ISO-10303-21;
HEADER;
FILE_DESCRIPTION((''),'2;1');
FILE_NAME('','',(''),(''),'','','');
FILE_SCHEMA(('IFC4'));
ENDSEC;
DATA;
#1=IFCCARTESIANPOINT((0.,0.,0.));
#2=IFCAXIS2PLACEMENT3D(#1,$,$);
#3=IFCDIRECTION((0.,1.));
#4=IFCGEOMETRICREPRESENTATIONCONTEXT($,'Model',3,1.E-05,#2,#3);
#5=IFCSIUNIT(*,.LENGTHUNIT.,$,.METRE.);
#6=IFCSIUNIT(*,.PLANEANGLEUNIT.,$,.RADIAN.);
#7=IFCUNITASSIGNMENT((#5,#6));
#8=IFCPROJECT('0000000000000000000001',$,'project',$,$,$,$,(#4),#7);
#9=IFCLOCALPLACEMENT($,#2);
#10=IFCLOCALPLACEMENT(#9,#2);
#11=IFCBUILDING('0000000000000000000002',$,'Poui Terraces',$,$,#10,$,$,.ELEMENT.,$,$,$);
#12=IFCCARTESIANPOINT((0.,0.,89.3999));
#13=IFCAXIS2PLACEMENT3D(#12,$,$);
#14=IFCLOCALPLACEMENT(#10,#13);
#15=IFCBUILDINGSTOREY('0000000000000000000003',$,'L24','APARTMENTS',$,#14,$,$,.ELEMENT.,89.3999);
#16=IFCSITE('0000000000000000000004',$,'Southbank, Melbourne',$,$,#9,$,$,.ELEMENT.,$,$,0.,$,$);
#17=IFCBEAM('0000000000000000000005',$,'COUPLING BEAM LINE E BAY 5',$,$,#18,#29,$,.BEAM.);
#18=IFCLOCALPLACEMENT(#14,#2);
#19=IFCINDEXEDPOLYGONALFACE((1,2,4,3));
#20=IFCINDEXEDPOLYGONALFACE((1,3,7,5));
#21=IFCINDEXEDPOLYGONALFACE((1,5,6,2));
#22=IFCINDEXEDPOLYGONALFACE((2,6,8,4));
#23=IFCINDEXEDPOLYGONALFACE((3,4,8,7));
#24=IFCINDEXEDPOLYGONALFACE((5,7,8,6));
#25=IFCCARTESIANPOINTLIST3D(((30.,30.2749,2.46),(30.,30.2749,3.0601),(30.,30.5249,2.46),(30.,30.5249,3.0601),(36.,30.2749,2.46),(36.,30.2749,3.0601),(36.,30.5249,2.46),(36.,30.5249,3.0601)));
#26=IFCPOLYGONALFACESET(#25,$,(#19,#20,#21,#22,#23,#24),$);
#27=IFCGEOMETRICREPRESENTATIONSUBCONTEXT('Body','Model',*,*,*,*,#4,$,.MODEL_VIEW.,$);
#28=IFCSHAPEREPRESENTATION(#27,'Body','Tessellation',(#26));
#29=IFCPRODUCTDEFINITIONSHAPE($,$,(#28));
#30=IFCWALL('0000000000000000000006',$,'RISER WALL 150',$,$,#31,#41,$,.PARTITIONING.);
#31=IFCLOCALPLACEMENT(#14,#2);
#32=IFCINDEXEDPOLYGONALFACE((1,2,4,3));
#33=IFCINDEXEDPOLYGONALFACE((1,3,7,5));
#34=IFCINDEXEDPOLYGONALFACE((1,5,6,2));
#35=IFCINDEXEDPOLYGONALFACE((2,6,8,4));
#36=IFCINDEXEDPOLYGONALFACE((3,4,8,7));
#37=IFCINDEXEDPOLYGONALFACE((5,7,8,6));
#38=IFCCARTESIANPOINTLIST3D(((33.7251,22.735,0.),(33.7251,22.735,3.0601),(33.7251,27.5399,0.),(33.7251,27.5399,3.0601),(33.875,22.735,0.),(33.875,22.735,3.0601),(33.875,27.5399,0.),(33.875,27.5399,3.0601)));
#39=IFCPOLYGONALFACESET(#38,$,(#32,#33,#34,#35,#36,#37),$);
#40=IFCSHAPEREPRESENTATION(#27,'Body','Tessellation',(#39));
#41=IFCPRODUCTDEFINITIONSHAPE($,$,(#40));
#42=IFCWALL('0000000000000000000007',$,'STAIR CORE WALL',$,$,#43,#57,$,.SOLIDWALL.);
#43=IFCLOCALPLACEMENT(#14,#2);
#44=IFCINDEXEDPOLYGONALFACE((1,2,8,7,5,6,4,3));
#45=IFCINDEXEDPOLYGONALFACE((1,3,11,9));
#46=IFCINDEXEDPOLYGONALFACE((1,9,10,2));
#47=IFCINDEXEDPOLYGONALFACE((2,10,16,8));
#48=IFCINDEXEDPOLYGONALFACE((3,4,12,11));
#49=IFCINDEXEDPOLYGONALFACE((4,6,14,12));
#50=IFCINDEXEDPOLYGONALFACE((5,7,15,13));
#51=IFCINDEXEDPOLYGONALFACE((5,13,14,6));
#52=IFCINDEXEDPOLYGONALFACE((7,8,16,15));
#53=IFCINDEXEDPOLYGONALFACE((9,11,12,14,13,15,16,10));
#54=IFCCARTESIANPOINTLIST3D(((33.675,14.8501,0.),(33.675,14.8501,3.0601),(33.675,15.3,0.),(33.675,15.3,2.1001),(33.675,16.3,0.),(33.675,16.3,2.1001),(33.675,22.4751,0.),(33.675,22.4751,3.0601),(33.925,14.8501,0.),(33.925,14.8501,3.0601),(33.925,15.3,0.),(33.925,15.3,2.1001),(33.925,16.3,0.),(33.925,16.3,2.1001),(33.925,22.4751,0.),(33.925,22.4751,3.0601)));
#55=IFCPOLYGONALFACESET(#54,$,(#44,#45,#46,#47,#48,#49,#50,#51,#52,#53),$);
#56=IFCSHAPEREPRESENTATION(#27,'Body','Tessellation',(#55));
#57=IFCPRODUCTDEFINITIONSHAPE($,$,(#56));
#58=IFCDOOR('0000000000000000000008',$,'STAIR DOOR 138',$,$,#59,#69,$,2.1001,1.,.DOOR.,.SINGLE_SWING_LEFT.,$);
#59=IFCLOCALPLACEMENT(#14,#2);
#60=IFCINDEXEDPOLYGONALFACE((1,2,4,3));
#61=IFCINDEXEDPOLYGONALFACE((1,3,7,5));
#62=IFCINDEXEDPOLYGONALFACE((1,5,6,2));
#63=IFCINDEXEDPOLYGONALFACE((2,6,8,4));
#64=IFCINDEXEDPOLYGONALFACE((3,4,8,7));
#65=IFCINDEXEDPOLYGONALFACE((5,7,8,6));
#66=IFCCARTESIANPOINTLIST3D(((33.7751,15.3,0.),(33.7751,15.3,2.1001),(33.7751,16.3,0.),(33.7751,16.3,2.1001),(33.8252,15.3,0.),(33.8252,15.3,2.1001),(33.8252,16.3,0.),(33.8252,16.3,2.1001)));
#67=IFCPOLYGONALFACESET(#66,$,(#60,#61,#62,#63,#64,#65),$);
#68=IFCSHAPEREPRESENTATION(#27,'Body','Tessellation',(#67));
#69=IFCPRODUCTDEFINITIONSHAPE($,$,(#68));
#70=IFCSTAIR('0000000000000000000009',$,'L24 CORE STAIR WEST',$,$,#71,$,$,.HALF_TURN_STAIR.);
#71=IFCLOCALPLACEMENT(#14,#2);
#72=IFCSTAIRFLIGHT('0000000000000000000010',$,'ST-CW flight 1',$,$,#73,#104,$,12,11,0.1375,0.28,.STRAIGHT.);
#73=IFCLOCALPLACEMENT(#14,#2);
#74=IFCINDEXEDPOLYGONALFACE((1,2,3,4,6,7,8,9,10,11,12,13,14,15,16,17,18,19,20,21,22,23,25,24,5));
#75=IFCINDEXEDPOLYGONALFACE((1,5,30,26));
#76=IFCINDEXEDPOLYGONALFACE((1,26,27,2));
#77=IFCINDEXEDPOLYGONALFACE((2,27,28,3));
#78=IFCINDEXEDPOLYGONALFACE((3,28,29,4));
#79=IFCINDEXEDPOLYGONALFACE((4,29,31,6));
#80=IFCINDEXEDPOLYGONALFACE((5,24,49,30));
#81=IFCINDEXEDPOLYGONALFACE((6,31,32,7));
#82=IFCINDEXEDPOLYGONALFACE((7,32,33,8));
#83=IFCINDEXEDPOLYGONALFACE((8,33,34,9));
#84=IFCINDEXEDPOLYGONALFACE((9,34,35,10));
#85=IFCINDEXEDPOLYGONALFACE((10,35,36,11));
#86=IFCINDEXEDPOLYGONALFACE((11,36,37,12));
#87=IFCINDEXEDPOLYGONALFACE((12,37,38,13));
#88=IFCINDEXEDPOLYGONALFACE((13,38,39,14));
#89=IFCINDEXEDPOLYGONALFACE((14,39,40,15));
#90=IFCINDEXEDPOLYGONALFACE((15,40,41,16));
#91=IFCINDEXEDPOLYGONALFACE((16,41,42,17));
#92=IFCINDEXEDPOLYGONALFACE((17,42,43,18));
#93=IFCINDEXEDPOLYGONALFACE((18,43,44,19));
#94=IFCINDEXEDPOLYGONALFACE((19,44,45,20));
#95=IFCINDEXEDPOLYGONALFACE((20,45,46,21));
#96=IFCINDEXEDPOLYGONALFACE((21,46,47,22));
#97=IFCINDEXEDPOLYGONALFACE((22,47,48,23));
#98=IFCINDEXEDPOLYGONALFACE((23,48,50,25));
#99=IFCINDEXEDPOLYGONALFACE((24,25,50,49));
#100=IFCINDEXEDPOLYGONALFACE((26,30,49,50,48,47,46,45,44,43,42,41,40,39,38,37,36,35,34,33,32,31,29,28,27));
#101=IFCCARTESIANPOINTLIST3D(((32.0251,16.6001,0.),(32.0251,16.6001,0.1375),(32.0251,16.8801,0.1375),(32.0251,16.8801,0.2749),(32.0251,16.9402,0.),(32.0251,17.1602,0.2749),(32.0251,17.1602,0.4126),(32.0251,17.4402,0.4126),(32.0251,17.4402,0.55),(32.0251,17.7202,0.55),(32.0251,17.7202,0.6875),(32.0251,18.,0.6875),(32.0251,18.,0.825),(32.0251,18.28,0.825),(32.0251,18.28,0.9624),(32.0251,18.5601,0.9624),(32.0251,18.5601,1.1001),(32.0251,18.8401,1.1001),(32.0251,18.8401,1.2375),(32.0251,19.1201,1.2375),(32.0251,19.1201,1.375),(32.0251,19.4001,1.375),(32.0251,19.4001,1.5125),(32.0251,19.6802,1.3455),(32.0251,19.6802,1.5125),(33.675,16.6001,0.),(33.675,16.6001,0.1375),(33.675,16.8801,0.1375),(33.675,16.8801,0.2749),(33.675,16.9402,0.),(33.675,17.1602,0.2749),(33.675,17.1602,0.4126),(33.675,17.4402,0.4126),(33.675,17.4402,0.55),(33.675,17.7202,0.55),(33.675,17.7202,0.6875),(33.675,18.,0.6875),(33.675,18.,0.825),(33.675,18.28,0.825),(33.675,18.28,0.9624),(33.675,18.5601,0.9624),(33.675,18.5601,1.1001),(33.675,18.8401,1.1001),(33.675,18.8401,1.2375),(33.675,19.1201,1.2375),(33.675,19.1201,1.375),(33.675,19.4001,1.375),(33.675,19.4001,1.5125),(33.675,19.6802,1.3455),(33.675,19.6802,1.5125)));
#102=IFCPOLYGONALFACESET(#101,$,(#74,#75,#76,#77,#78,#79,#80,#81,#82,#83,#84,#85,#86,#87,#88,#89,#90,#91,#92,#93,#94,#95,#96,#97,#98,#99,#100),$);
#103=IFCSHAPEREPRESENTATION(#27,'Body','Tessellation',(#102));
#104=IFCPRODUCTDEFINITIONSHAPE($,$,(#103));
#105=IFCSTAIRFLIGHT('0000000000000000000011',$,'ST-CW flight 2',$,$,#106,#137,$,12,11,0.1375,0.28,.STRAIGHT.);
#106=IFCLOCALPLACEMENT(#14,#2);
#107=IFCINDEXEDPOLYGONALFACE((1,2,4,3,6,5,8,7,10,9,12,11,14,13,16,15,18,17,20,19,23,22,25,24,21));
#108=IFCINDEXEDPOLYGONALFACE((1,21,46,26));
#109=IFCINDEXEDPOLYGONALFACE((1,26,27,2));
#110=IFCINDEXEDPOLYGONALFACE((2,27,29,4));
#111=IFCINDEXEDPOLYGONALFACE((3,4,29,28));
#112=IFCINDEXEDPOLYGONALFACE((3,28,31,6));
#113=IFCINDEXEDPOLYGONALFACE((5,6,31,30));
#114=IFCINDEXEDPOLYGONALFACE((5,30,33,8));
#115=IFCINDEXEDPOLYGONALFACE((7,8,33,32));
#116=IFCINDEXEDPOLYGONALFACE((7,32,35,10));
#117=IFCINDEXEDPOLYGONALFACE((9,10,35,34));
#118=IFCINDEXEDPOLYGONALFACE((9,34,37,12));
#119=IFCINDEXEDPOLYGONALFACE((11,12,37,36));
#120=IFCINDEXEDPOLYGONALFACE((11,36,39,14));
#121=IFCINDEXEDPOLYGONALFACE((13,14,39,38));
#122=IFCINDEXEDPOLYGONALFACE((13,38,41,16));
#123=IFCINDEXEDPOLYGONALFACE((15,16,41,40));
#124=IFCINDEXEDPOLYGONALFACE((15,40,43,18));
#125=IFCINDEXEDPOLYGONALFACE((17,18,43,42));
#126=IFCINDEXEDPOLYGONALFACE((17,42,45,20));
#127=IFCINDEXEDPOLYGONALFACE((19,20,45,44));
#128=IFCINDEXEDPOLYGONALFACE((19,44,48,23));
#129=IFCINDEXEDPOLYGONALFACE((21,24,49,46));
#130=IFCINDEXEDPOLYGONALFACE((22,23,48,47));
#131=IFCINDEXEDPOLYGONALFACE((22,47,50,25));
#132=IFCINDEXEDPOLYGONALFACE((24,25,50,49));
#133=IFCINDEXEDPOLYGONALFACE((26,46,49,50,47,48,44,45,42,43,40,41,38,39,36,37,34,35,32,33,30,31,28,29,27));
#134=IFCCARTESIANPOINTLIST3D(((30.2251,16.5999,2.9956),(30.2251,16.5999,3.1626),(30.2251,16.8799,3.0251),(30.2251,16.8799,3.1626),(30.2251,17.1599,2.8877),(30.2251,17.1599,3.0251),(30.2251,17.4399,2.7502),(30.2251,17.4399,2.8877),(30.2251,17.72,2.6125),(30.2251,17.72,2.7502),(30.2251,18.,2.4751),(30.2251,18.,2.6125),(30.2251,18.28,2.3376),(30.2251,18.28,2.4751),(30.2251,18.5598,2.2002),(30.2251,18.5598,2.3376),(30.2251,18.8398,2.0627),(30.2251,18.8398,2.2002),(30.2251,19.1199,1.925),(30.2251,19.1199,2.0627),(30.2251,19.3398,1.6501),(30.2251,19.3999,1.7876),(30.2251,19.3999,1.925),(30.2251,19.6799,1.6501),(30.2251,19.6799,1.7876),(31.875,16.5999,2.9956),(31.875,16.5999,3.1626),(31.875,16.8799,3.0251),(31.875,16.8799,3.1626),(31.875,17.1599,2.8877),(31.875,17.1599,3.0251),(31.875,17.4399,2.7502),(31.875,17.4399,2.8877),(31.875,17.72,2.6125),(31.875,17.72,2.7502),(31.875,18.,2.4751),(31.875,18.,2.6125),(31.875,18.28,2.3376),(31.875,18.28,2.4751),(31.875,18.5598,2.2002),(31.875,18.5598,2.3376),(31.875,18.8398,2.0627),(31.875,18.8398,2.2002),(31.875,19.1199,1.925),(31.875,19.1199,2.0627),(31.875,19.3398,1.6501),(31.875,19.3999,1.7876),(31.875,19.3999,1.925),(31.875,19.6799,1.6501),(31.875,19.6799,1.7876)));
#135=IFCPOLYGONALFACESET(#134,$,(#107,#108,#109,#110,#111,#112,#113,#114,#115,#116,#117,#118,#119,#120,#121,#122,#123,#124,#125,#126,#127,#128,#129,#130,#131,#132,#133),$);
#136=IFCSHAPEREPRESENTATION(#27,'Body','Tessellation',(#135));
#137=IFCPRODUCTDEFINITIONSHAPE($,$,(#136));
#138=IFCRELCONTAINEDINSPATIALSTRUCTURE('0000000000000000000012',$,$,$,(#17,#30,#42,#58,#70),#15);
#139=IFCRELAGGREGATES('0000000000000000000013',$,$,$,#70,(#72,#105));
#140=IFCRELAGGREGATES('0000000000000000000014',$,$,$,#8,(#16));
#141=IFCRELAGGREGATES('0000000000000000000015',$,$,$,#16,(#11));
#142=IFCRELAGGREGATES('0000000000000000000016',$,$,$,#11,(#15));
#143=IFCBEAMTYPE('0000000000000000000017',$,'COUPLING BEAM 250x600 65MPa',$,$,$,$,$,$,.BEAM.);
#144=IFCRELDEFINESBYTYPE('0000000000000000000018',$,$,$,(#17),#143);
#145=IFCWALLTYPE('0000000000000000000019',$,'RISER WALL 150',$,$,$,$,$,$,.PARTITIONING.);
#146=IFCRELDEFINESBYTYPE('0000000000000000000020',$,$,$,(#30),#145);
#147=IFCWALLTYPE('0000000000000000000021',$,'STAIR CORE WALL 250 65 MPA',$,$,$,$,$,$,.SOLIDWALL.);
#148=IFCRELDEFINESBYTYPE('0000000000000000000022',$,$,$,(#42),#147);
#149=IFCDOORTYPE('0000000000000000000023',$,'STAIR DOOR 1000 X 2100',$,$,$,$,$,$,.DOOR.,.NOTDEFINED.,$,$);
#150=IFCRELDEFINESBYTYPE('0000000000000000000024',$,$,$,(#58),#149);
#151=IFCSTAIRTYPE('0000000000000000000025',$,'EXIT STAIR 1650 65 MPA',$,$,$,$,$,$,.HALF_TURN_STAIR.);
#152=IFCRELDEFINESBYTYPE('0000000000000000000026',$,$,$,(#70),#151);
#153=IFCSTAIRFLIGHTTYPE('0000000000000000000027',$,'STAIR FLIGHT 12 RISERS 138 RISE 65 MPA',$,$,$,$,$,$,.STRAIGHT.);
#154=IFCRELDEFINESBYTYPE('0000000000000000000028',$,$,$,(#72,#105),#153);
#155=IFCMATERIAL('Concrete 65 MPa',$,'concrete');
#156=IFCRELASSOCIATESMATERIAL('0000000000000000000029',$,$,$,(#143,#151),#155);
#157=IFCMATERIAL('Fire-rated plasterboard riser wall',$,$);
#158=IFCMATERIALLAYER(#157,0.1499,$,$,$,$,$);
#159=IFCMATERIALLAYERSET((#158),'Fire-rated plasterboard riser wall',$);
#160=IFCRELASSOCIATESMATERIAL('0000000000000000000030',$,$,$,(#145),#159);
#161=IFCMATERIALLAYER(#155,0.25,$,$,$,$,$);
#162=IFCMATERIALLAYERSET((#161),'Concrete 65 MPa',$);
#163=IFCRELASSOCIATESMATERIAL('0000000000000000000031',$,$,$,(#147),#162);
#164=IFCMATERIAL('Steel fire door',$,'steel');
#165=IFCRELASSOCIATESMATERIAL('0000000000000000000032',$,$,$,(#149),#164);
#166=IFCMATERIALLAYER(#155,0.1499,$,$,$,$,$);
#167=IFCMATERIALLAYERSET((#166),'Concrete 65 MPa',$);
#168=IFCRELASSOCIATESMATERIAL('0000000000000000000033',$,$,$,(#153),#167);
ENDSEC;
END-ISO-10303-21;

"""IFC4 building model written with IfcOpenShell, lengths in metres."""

from ifc_helpers import new_model, si_unit, direction, frame, frame_2d, origin, origin_2d, place, context, subcontext, project, spatial, polyline, rectangle, outline, extrude, source, transform, mapped, material, layer, layer_set, material_profile, profile_set, type_object, element, fill, aggregate, save


model = new_model("IFC4")

# Units and contexts
model_context = context("Model", 3, precision=1e-05, world=origin(), true_north=direction((0.0, 1.0)))
body_context = subcontext(model_context, "Body", "Model", "MODEL_VIEW")
ifc_project = project(units=[si_unit("LENGTHUNIT", "METRE"), si_unit("PLANEANGLEUNIT", "RADIAN")], contexts=[model_context])

# Site, building, storey
site_placement = place(None, origin())
site = spatial("IfcSite", under=ifc_project, at=site_placement, Name="Southbank, Melbourne", CompositionType="ELEMENT", RefElevation=0.0)
building_placement = place(site_placement, origin())
building = spatial("IfcBuilding", under=site, at=building_placement, Name="Poui Terraces", CompositionType="ELEMENT")
storey_placement = place(building_placement, frame((0.0, 0.0, 89.3999)))
storey = spatial("IfcBuildingStorey", under=building, at=storey_placement, Name="L24", Description="APARTMENTS", CompositionType="ELEMENT", Elevation=89.3999)

# Beam
ifc_material_1 = material(Name="Concrete 65 MPa", Category="concrete")
ifc_material_profile = material_profile(ifc_material_1, rectangle(XDim=0.25, YDim=0.6001, at=origin_2d()), Name="RC 250x600")
ifc_profile_set = profile_set([ifc_material_profile], Name="Concrete 65 MPa")
beam_type = type_object("IfcBeamType", Name="COUPLING BEAM 250x600 65MPa", PredefinedType="BEAM", material=ifc_profile_set)
shared_shape = source(origin(), body_context, "Body", "SweptSolid", [
    extrude(rectangle(XDim=0.25, YDim=0.6001, at=origin_2d()), origin(), (0.0, 0.0, 1.0), 6.0),
])
beam_placement = place(storey_placement, frame((30.0, 30.3999, 2.76), z_axis=(1.0, 0.0, 0.0), x_axis=(0.0, 1.0, 0.0)))
element("IfcBeam", 1, at=beam_placement, inside=storey, type_object=beam_type, Name="COUPLING BEAM LINE E BAY 5", PredefinedType="BEAM", context=body_context, shape_type="MappedRepresentation", body=[
    mapped(shared_shape, transform((0.0, 0.0, 0.0))),
])

# Shared definitions
ifc_material_2 = material(Name="Steel fire door", Category="steel")

# Wall
ifc_material_3 = material(Name="Fire-rated plasterboard riser wall")
ifc_layer_1 = layer(ifc_material_3, 0.1499)
ifc_layer_set_1 = layer_set([ifc_layer_1], Name="Fire-rated plasterboard riser wall")
wall_type_1 = type_object("IfcWallType", Name="RISER WALL 150", PredefinedType="PARTITIONING", material=ifc_layer_set_1)
wall_1_placement = place(storey_placement, frame((33.8, 22.7351, 0.0), z_axis=(0.0, 0.0, 1.0), x_axis=(0.0, 1.0, 0.0)))
element("IfcWall", 2, at=wall_1_placement, inside=storey, type_object=wall_type_1, Name="RISER WALL 150", PredefinedType="PARTITIONING", context=body_context, shape_type="SweptSolid", body=[
    extrude(rectangle(XDim=4.8049, YDim=0.1499, at=frame_2d((2.4023, 0.0))), origin(), (0.0, 0.0, 1.0), 3.0601),
])

# Wall, opening, door
ifc_layer_2 = layer(ifc_material_1, 0.25)
ifc_layer_set_2 = layer_set([ifc_layer_2], Name="Concrete 65 MPa")
wall_type_2 = type_object("IfcWallType", Name="STAIR CORE WALL 250 65 MPA", PredefinedType="SOLIDWALL", material=ifc_layer_set_2)
wall_2_placement = place(storey_placement, frame((33.8, 14.8501, 0.0), z_axis=(0.0, 0.0, 1.0), x_axis=(0.0, 1.0, 0.0)))
wall_2 = element("IfcWall", 3, at=wall_2_placement, inside=storey, type_object=wall_type_2, Name="STAIR CORE WALL", PredefinedType="SOLIDWALL", context=body_context, shape_type="SweptSolid", body=[
    extrude(rectangle(XDim=7.625, YDim=0.25, at=frame_2d((3.8125, 0.0))), origin(), (0.0, 0.0, 1.0), 3.0601),
])
opening_1_placement = place(wall_2_placement, frame((0.45, 0.0, 0.0)))
opening_1 = element("IfcOpeningElement", 4, at=opening_1_placement, cuts=wall_2, PredefinedType="OPENING", context=body_context, shape_type="SweptSolid", body=[
    extrude(rectangle(XDim=1.0, YDim=2.1001, at=frame_2d((0.5, 1.05))), frame((0.0, 0.135, 0.0), z_axis=(0.0, -1.0, 0.0), x_axis=(1.0, 0.0, 0.0)), (0.0, 0.0, 1.0), 0.27),
])
door_type_1 = type_object("IfcDoorType", Name="STAIR DOOR 1000 X 2100", OperationType="NOTDEFINED", PredefinedType="DOOR", material=ifc_material_2)
door_1_placement = place(opening_1_placement, origin())
door_1 = element("IfcDoor", 5, at=door_1_placement, inside=storey, type_object=door_type_1, Name="STAIR DOOR 138", OperationType="SINGLE_SWING_LEFT", OverallHeight=2.1001, OverallWidth=1.0, PredefinedType="DOOR", context=body_context, shape_type="SweptSolid", body=[
    extrude(rectangle(XDim=1.0, YDim=2.1001, at=frame_2d((0.5, 1.05))), frame((0.0, 0.0249, 0.0), z_axis=(0.0, -1.0, 0.0), x_axis=(1.0, 0.0, 0.0)), (0.0, 0.0, 1.0), 0.05),
])
fill(opening_1, door_1)

# Stair, stair flights
stair_type = type_object("IfcStairType", Name="EXIT STAIR 1650 65 MPA", PredefinedType="HALF_TURN_STAIR", material=ifc_material_1)
stair_placement = place(storey_placement, origin())
stair = element("IfcStair", 6, at=stair_placement, inside=storey, type_object=stair_type, Name="L24 CORE STAIR WEST", PredefinedType="HALF_TURN_STAIR")
ifc_layer_3 = layer(ifc_material_1, 0.1499)
ifc_layer_set_3 = layer_set([ifc_layer_3], Name="Concrete 65 MPa")
stair_flight_type = type_object("IfcStairFlightType", Name="STAIR FLIGHT 12 RISERS 138 RISE 65 MPA", PredefinedType="STRAIGHT", material=ifc_layer_set_3)
stair_flight_1_placement = place(storey_placement, frame((32.8501, 16.6001, 0.0), z_axis=(0.0, 0.0, 1.0), x_axis=(0.0, 1.0, 0.0)))
stair_flight_1 = element("IfcStairFlight", 7, at=stair_flight_1_placement, type_object=stair_flight_type, Name="ST-CW flight 1", NumberOfRisers=12, NumberOfTreads=11, PredefinedType="STRAIGHT", RiserHeight=0.1375, TreadLength=0.28, context=body_context, shape_type="SweptSolid", body=[
    extrude(outline(polyline([(0.0, 0.0), (0.0, 0.1375), (0.28, 0.1375), (0.28, 0.2749), (0.5601, 0.2749), (0.5601, 0.4126), (0.8401, 0.4126), (0.8401, 0.55), (1.1201, 0.55), (1.1201, 0.6875), (1.3999, 0.6875), (1.3999, 0.825), (1.6799, 0.825), (1.6799, 0.9624), (1.96, 0.9624), (1.96, 1.1001), (2.24, 1.1001), (2.24, 1.2375), (2.52, 1.2375), (2.52, 1.375), (2.8, 1.375), (2.8, 1.5125), (3.0801, 1.5125), (3.0801, 1.6499), (3.0801, 1.3455), (0.3401, 0.0), (0.0, 0.0)])), frame((0.0, 0.825, 0.0), z_axis=(0.0, -1.0, 0.0), x_axis=(1.0, 0.0, 0.0)), (0.0, 0.0, 1.0), 1.6499),
])
stair_flight_2_placement = place(storey_placement, frame((31.05, 19.6799, 1.6501), z_axis=(0.0, 0.0, 1.0), x_axis=(0.0, -1.0, 0.0)))
stair_flight_2 = element("IfcStairFlight", 8, at=stair_flight_2_placement, type_object=stair_flight_type, Name="ST-CW flight 2", NumberOfRisers=12, NumberOfTreads=11, PredefinedType="STRAIGHT", RiserHeight=0.1375, TreadLength=0.28, context=body_context, shape_type="SweptSolid", body=[
    extrude(outline(polyline([(0.0, 0.0), (0.0, 0.1375), (0.28, 0.1375), (0.28, 0.2749), (0.5601, 0.2749), (0.5601, 0.4126), (0.8401, 0.4126), (0.8401, 0.55), (1.1201, 0.55), (1.1201, 0.6875), (1.3999, 0.6875), (1.3999, 0.825), (1.6799, 0.825), (1.6799, 0.9624), (1.96, 0.9624), (1.96, 1.1001), (2.24, 1.1001), (2.24, 1.2375), (2.52, 1.2375), (2.52, 1.375), (2.8, 1.375), (2.8, 1.5125), (3.0801, 1.5125), (3.0801, 1.6499), (3.0801, 1.3455), (0.3401, 0.0), (0.0, 0.0)])), frame((0.0, 0.825, 0.0), z_axis=(0.0, -1.0, 0.0), x_axis=(1.0, 0.0, 0.0)), (0.0, 0.0, 1.0), 1.6499),
])
aggregate(stair, [stair_flight_1, stair_flight_2])

save(model, "model.ifc")
